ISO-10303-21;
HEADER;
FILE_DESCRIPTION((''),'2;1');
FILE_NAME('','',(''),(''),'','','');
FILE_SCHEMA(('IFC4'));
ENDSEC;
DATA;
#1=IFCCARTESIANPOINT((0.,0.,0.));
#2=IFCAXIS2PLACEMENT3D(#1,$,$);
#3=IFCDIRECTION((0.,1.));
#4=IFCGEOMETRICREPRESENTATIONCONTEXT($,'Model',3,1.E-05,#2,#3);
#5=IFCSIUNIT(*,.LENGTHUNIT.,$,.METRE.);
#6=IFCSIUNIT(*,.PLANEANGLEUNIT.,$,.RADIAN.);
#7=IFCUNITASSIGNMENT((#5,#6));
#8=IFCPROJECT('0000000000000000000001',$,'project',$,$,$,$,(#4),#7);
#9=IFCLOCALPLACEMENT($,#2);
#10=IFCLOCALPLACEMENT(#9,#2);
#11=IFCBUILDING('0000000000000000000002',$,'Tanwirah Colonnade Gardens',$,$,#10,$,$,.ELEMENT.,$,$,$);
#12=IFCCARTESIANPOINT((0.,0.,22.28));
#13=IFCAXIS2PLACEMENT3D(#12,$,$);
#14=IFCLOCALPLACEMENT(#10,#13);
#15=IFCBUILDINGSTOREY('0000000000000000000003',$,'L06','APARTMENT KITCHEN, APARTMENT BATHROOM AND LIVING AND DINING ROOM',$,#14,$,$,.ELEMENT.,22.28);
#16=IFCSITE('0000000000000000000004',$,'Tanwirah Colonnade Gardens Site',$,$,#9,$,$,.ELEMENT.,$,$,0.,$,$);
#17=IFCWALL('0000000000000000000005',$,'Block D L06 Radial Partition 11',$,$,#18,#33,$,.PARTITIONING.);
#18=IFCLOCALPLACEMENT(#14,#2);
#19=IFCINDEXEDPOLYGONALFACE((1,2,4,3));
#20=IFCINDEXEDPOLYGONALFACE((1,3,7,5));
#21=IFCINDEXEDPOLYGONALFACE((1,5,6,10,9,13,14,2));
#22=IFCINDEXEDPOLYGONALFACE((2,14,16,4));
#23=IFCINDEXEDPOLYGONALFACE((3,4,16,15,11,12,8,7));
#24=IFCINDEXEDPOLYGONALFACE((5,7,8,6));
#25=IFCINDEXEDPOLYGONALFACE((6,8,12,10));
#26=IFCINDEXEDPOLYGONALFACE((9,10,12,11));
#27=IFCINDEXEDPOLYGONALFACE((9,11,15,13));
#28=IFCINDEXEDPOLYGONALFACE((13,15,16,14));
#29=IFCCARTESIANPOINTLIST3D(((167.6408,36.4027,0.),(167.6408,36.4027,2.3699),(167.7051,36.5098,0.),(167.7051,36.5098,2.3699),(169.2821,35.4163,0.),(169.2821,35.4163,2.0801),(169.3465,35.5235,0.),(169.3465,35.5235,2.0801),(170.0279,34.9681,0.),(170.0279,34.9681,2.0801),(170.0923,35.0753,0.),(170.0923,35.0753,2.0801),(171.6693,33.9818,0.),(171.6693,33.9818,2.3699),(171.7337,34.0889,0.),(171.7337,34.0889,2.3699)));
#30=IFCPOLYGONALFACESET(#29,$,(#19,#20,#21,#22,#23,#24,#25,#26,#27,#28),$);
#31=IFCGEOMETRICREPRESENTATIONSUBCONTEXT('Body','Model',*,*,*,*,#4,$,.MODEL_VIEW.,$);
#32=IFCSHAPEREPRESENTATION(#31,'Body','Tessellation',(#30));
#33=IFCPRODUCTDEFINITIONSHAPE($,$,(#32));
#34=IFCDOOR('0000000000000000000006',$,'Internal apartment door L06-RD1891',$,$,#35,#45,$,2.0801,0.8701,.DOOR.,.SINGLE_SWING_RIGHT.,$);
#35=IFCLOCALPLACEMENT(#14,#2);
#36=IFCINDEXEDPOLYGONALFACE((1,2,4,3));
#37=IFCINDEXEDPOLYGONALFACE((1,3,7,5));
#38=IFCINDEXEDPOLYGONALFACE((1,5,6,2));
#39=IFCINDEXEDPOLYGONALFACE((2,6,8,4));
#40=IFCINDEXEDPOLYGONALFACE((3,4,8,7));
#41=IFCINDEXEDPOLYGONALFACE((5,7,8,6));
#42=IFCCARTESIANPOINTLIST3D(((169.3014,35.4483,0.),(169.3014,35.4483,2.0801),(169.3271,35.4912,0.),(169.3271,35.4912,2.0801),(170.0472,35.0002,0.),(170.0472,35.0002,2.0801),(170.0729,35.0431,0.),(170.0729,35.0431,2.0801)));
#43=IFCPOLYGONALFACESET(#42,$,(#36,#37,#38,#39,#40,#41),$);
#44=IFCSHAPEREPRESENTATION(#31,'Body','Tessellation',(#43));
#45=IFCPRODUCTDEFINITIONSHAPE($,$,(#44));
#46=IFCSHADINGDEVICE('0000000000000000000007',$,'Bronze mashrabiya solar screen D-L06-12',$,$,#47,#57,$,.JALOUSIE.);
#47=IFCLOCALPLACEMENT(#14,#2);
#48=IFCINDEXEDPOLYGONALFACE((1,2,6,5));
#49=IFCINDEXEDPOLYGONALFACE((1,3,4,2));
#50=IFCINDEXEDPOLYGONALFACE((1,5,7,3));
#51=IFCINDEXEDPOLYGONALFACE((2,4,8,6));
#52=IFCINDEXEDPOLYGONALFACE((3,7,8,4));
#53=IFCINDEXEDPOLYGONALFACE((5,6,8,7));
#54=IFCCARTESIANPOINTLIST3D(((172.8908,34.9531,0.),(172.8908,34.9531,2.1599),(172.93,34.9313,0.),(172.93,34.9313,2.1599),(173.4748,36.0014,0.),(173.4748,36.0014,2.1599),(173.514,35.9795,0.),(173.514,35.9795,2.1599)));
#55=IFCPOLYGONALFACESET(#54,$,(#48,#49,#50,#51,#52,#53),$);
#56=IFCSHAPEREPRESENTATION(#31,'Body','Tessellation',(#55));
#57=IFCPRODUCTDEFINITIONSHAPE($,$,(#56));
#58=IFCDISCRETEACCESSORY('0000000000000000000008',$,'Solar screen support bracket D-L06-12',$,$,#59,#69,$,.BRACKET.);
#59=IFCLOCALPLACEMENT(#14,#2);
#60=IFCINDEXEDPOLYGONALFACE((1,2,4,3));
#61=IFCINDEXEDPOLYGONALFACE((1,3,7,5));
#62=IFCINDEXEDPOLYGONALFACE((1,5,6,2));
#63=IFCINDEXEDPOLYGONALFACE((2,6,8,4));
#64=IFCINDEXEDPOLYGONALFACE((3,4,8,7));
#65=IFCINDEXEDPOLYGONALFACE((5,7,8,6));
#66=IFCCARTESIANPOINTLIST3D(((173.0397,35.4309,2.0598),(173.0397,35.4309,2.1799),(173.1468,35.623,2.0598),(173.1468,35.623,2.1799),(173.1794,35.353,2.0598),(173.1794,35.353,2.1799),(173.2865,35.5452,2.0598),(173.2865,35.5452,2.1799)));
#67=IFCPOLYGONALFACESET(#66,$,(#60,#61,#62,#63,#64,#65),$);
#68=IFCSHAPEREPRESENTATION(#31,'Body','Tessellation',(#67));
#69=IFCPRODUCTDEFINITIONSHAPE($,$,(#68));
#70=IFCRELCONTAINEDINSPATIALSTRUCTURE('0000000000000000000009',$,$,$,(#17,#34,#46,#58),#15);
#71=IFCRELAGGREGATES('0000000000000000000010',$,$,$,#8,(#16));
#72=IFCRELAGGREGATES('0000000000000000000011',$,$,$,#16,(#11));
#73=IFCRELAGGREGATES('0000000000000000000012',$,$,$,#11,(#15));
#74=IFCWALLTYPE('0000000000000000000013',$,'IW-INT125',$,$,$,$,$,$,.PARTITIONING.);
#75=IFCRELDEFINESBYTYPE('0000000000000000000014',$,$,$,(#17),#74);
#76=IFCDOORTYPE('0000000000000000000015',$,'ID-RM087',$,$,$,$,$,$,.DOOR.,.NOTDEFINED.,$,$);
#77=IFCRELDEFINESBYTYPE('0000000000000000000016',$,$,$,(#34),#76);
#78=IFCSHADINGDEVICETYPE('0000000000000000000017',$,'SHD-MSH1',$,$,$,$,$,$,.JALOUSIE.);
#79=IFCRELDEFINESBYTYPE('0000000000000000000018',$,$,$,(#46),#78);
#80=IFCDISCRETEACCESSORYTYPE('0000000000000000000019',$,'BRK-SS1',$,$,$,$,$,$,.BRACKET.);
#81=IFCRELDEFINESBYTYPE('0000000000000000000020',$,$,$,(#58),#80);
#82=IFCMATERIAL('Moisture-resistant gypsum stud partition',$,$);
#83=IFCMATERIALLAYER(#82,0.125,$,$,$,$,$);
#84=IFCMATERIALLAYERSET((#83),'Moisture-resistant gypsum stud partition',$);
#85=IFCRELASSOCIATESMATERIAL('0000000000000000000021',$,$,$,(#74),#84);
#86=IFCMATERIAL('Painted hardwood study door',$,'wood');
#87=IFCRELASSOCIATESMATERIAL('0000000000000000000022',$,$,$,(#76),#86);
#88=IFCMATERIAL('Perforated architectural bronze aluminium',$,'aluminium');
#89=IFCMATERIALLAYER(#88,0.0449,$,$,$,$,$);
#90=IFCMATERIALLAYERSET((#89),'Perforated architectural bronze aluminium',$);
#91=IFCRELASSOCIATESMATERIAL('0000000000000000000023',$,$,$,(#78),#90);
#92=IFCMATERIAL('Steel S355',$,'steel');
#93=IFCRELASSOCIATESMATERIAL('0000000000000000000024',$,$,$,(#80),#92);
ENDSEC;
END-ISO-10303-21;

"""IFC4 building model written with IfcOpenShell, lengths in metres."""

from ifc_helpers import new_model, si_unit, direction, frame, frame_2d, origin, origin_2d, place, context, subcontext, project, spatial, rectangle, extrude, material, layer, layer_set, type_object, element, fill, save


model = new_model("IFC4")

# Units and contexts
model_context = context("Model", 3, precision=1e-05, world=origin(), true_north=direction((0.0, 1.0)))
body_context = subcontext(model_context, "Body", "Model", "MODEL_VIEW")
ifc_project = project(units=[si_unit("LENGTHUNIT", "METRE"), si_unit("PLANEANGLEUNIT", "RADIAN")], contexts=[model_context])

# Site, building, storey
site_placement = place(None, origin())
site = spatial("IfcSite", under=ifc_project, at=site_placement, Name="Tanwirah Colonnade Gardens Site", CompositionType="ELEMENT", RefElevation=0.0)
building_placement = place(site_placement, origin())
building = spatial("IfcBuilding", under=site, at=building_placement, Name="Tanwirah Colonnade Gardens", CompositionType="ELEMENT")
storey_placement = place(building_placement, frame((0.0, 0.0, 22.28)))
storey = spatial("IfcBuildingStorey", under=building, at=storey_placement, Name="L06", Description="APARTMENT KITCHEN, APARTMENT BATHROOM AND LIVING AND DINING ROOM", CompositionType="ELEMENT", Elevation=22.28)

# Wall, opening, door
ifc_material_1 = material(Name="Moisture-resistant gypsum stud partition")
ifc_layer_1 = layer(ifc_material_1, 0.125)
ifc_layer_set_1 = layer_set([ifc_layer_1], Name="Moisture-resistant gypsum stud partition")
wall_type_1 = type_object("IfcWallType", Name="IW-INT125", PredefinedType="PARTITIONING", material=ifc_layer_set_1)
wall_1_placement = place(storey_placement, frame((167.6729, 36.4563, 0.0), z_axis=(0.0, 0.0, 1.0), x_axis=(0.85714, -0.515084, 0.0)))
wall_1 = element("IfcWall", 1, at=wall_1_placement, inside=storey, type_object=wall_type_1, Name="Block D L06 Radial Partition 11", PredefinedType="PARTITIONING", context=body_context, shape_type="SweptSolid", body=[
    extrude(rectangle(XDim=4.7, YDim=0.125, at=frame_2d((2.3501, 0.0))), origin(), (0.0, 0.0, 1.0), 2.3699),
])
opening_1_placement = place(wall_1_placement, frame((1.915, 0.0, 0.0)))
opening_1 = element("IfcOpeningElement", 2, at=opening_1_placement, cuts=wall_1, PredefinedType="OPENING", context=body_context, shape_type="SweptSolid", body=[
    extrude(rectangle(XDim=0.8701, YDim=2.0801, at=frame_2d((0.4351, 1.04))), frame((0.0, 0.0725, 0.0), z_axis=(0.0, -1.0, 0.0), x_axis=(1.0, 0.0, 0.0)), (0.0, 0.0, 1.0), 0.145),
])
ifc_material_2 = material(Name="Painted hardwood study door", Category="wood")
door_type = type_object("IfcDoorType", Name="ID-RM087", OperationType="NOTDEFINED", PredefinedType="DOOR", material=ifc_material_2)
door_placement = place(opening_1_placement, origin())
door = element("IfcDoor", 3, at=door_placement, inside=storey, type_object=door_type, Name="Internal apartment door L06-RD1891", OperationType="SINGLE_SWING_RIGHT", OverallHeight=2.0801, OverallWidth=0.8701, PredefinedType="DOOR", context=body_context, shape_type="SweptSolid", body=[
    extrude(rectangle(XDim=0.8701, YDim=2.0801, at=frame_2d((0.4351, 1.04))), frame((0.0, 0.0249, 0.0), z_axis=(0.0, -1.0, 0.0), x_axis=(1.0, 0.0, 0.0)), (0.0, 0.0, 1.0), 0.05),
])
fill(opening_1, door)

# Shading device
ifc_material_3 = material(Name="Perforated architectural bronze aluminium", Category="aluminium")
ifc_layer_2 = layer(ifc_material_3, 0.0449)
ifc_layer_set_2 = layer_set([ifc_layer_2], Name="Perforated architectural bronze aluminium")
shading_device_type = type_object("IfcShadingDeviceType", Name="SHD-MSH1", PredefinedType="JALOUSIE", material=ifc_layer_set_2)
shading_device_placement = place(storey_placement, frame((173.2024, 35.4663, 0.0), z_axis=(0.0, 0.0, 1.0), x_axis=(0.486717, 0.873559, 0.0)))
element("IfcShadingDevice", 4, at=shading_device_placement, inside=storey, type_object=shading_device_type, Name="Bronze mashrabiya solar screen D-L06-12", PredefinedType="JALOUSIE", context=body_context, shape_type="SweptSolid", body=[
    extrude(rectangle(XDim=1.2, YDim=0.0449, at=origin_2d()), origin(), (0.0, 0.0, 1.0), 2.1599),
])

# Discrete accessory
ifc_material_4 = material(Name="Steel S355", Category="steel")
discrete_accessory_type = type_object("IfcDiscreteAccessoryType", Name="BRK-SS1", PredefinedType="BRACKET", material=ifc_material_4)
discrete_accessory_placement = place(storey_placement, frame((173.1631, 35.488, 2.0598), z_axis=(0.0, 0.0, 1.0), x_axis=(0.486717, 0.873559, 0.0)))
element("IfcDiscreteAccessory", 5, at=discrete_accessory_placement, inside=storey, type_object=discrete_accessory_type, Name="Solar screen support bracket D-L06-12", PredefinedType="BRACKET", context=body_context, shape_type="SweptSolid", body=[
    extrude(rectangle(XDim=0.22, YDim=0.1599, at=origin_2d()), origin(), (0.0, 0.0, 1.0), 0.1201),
])

save(model, "model.ifc")
